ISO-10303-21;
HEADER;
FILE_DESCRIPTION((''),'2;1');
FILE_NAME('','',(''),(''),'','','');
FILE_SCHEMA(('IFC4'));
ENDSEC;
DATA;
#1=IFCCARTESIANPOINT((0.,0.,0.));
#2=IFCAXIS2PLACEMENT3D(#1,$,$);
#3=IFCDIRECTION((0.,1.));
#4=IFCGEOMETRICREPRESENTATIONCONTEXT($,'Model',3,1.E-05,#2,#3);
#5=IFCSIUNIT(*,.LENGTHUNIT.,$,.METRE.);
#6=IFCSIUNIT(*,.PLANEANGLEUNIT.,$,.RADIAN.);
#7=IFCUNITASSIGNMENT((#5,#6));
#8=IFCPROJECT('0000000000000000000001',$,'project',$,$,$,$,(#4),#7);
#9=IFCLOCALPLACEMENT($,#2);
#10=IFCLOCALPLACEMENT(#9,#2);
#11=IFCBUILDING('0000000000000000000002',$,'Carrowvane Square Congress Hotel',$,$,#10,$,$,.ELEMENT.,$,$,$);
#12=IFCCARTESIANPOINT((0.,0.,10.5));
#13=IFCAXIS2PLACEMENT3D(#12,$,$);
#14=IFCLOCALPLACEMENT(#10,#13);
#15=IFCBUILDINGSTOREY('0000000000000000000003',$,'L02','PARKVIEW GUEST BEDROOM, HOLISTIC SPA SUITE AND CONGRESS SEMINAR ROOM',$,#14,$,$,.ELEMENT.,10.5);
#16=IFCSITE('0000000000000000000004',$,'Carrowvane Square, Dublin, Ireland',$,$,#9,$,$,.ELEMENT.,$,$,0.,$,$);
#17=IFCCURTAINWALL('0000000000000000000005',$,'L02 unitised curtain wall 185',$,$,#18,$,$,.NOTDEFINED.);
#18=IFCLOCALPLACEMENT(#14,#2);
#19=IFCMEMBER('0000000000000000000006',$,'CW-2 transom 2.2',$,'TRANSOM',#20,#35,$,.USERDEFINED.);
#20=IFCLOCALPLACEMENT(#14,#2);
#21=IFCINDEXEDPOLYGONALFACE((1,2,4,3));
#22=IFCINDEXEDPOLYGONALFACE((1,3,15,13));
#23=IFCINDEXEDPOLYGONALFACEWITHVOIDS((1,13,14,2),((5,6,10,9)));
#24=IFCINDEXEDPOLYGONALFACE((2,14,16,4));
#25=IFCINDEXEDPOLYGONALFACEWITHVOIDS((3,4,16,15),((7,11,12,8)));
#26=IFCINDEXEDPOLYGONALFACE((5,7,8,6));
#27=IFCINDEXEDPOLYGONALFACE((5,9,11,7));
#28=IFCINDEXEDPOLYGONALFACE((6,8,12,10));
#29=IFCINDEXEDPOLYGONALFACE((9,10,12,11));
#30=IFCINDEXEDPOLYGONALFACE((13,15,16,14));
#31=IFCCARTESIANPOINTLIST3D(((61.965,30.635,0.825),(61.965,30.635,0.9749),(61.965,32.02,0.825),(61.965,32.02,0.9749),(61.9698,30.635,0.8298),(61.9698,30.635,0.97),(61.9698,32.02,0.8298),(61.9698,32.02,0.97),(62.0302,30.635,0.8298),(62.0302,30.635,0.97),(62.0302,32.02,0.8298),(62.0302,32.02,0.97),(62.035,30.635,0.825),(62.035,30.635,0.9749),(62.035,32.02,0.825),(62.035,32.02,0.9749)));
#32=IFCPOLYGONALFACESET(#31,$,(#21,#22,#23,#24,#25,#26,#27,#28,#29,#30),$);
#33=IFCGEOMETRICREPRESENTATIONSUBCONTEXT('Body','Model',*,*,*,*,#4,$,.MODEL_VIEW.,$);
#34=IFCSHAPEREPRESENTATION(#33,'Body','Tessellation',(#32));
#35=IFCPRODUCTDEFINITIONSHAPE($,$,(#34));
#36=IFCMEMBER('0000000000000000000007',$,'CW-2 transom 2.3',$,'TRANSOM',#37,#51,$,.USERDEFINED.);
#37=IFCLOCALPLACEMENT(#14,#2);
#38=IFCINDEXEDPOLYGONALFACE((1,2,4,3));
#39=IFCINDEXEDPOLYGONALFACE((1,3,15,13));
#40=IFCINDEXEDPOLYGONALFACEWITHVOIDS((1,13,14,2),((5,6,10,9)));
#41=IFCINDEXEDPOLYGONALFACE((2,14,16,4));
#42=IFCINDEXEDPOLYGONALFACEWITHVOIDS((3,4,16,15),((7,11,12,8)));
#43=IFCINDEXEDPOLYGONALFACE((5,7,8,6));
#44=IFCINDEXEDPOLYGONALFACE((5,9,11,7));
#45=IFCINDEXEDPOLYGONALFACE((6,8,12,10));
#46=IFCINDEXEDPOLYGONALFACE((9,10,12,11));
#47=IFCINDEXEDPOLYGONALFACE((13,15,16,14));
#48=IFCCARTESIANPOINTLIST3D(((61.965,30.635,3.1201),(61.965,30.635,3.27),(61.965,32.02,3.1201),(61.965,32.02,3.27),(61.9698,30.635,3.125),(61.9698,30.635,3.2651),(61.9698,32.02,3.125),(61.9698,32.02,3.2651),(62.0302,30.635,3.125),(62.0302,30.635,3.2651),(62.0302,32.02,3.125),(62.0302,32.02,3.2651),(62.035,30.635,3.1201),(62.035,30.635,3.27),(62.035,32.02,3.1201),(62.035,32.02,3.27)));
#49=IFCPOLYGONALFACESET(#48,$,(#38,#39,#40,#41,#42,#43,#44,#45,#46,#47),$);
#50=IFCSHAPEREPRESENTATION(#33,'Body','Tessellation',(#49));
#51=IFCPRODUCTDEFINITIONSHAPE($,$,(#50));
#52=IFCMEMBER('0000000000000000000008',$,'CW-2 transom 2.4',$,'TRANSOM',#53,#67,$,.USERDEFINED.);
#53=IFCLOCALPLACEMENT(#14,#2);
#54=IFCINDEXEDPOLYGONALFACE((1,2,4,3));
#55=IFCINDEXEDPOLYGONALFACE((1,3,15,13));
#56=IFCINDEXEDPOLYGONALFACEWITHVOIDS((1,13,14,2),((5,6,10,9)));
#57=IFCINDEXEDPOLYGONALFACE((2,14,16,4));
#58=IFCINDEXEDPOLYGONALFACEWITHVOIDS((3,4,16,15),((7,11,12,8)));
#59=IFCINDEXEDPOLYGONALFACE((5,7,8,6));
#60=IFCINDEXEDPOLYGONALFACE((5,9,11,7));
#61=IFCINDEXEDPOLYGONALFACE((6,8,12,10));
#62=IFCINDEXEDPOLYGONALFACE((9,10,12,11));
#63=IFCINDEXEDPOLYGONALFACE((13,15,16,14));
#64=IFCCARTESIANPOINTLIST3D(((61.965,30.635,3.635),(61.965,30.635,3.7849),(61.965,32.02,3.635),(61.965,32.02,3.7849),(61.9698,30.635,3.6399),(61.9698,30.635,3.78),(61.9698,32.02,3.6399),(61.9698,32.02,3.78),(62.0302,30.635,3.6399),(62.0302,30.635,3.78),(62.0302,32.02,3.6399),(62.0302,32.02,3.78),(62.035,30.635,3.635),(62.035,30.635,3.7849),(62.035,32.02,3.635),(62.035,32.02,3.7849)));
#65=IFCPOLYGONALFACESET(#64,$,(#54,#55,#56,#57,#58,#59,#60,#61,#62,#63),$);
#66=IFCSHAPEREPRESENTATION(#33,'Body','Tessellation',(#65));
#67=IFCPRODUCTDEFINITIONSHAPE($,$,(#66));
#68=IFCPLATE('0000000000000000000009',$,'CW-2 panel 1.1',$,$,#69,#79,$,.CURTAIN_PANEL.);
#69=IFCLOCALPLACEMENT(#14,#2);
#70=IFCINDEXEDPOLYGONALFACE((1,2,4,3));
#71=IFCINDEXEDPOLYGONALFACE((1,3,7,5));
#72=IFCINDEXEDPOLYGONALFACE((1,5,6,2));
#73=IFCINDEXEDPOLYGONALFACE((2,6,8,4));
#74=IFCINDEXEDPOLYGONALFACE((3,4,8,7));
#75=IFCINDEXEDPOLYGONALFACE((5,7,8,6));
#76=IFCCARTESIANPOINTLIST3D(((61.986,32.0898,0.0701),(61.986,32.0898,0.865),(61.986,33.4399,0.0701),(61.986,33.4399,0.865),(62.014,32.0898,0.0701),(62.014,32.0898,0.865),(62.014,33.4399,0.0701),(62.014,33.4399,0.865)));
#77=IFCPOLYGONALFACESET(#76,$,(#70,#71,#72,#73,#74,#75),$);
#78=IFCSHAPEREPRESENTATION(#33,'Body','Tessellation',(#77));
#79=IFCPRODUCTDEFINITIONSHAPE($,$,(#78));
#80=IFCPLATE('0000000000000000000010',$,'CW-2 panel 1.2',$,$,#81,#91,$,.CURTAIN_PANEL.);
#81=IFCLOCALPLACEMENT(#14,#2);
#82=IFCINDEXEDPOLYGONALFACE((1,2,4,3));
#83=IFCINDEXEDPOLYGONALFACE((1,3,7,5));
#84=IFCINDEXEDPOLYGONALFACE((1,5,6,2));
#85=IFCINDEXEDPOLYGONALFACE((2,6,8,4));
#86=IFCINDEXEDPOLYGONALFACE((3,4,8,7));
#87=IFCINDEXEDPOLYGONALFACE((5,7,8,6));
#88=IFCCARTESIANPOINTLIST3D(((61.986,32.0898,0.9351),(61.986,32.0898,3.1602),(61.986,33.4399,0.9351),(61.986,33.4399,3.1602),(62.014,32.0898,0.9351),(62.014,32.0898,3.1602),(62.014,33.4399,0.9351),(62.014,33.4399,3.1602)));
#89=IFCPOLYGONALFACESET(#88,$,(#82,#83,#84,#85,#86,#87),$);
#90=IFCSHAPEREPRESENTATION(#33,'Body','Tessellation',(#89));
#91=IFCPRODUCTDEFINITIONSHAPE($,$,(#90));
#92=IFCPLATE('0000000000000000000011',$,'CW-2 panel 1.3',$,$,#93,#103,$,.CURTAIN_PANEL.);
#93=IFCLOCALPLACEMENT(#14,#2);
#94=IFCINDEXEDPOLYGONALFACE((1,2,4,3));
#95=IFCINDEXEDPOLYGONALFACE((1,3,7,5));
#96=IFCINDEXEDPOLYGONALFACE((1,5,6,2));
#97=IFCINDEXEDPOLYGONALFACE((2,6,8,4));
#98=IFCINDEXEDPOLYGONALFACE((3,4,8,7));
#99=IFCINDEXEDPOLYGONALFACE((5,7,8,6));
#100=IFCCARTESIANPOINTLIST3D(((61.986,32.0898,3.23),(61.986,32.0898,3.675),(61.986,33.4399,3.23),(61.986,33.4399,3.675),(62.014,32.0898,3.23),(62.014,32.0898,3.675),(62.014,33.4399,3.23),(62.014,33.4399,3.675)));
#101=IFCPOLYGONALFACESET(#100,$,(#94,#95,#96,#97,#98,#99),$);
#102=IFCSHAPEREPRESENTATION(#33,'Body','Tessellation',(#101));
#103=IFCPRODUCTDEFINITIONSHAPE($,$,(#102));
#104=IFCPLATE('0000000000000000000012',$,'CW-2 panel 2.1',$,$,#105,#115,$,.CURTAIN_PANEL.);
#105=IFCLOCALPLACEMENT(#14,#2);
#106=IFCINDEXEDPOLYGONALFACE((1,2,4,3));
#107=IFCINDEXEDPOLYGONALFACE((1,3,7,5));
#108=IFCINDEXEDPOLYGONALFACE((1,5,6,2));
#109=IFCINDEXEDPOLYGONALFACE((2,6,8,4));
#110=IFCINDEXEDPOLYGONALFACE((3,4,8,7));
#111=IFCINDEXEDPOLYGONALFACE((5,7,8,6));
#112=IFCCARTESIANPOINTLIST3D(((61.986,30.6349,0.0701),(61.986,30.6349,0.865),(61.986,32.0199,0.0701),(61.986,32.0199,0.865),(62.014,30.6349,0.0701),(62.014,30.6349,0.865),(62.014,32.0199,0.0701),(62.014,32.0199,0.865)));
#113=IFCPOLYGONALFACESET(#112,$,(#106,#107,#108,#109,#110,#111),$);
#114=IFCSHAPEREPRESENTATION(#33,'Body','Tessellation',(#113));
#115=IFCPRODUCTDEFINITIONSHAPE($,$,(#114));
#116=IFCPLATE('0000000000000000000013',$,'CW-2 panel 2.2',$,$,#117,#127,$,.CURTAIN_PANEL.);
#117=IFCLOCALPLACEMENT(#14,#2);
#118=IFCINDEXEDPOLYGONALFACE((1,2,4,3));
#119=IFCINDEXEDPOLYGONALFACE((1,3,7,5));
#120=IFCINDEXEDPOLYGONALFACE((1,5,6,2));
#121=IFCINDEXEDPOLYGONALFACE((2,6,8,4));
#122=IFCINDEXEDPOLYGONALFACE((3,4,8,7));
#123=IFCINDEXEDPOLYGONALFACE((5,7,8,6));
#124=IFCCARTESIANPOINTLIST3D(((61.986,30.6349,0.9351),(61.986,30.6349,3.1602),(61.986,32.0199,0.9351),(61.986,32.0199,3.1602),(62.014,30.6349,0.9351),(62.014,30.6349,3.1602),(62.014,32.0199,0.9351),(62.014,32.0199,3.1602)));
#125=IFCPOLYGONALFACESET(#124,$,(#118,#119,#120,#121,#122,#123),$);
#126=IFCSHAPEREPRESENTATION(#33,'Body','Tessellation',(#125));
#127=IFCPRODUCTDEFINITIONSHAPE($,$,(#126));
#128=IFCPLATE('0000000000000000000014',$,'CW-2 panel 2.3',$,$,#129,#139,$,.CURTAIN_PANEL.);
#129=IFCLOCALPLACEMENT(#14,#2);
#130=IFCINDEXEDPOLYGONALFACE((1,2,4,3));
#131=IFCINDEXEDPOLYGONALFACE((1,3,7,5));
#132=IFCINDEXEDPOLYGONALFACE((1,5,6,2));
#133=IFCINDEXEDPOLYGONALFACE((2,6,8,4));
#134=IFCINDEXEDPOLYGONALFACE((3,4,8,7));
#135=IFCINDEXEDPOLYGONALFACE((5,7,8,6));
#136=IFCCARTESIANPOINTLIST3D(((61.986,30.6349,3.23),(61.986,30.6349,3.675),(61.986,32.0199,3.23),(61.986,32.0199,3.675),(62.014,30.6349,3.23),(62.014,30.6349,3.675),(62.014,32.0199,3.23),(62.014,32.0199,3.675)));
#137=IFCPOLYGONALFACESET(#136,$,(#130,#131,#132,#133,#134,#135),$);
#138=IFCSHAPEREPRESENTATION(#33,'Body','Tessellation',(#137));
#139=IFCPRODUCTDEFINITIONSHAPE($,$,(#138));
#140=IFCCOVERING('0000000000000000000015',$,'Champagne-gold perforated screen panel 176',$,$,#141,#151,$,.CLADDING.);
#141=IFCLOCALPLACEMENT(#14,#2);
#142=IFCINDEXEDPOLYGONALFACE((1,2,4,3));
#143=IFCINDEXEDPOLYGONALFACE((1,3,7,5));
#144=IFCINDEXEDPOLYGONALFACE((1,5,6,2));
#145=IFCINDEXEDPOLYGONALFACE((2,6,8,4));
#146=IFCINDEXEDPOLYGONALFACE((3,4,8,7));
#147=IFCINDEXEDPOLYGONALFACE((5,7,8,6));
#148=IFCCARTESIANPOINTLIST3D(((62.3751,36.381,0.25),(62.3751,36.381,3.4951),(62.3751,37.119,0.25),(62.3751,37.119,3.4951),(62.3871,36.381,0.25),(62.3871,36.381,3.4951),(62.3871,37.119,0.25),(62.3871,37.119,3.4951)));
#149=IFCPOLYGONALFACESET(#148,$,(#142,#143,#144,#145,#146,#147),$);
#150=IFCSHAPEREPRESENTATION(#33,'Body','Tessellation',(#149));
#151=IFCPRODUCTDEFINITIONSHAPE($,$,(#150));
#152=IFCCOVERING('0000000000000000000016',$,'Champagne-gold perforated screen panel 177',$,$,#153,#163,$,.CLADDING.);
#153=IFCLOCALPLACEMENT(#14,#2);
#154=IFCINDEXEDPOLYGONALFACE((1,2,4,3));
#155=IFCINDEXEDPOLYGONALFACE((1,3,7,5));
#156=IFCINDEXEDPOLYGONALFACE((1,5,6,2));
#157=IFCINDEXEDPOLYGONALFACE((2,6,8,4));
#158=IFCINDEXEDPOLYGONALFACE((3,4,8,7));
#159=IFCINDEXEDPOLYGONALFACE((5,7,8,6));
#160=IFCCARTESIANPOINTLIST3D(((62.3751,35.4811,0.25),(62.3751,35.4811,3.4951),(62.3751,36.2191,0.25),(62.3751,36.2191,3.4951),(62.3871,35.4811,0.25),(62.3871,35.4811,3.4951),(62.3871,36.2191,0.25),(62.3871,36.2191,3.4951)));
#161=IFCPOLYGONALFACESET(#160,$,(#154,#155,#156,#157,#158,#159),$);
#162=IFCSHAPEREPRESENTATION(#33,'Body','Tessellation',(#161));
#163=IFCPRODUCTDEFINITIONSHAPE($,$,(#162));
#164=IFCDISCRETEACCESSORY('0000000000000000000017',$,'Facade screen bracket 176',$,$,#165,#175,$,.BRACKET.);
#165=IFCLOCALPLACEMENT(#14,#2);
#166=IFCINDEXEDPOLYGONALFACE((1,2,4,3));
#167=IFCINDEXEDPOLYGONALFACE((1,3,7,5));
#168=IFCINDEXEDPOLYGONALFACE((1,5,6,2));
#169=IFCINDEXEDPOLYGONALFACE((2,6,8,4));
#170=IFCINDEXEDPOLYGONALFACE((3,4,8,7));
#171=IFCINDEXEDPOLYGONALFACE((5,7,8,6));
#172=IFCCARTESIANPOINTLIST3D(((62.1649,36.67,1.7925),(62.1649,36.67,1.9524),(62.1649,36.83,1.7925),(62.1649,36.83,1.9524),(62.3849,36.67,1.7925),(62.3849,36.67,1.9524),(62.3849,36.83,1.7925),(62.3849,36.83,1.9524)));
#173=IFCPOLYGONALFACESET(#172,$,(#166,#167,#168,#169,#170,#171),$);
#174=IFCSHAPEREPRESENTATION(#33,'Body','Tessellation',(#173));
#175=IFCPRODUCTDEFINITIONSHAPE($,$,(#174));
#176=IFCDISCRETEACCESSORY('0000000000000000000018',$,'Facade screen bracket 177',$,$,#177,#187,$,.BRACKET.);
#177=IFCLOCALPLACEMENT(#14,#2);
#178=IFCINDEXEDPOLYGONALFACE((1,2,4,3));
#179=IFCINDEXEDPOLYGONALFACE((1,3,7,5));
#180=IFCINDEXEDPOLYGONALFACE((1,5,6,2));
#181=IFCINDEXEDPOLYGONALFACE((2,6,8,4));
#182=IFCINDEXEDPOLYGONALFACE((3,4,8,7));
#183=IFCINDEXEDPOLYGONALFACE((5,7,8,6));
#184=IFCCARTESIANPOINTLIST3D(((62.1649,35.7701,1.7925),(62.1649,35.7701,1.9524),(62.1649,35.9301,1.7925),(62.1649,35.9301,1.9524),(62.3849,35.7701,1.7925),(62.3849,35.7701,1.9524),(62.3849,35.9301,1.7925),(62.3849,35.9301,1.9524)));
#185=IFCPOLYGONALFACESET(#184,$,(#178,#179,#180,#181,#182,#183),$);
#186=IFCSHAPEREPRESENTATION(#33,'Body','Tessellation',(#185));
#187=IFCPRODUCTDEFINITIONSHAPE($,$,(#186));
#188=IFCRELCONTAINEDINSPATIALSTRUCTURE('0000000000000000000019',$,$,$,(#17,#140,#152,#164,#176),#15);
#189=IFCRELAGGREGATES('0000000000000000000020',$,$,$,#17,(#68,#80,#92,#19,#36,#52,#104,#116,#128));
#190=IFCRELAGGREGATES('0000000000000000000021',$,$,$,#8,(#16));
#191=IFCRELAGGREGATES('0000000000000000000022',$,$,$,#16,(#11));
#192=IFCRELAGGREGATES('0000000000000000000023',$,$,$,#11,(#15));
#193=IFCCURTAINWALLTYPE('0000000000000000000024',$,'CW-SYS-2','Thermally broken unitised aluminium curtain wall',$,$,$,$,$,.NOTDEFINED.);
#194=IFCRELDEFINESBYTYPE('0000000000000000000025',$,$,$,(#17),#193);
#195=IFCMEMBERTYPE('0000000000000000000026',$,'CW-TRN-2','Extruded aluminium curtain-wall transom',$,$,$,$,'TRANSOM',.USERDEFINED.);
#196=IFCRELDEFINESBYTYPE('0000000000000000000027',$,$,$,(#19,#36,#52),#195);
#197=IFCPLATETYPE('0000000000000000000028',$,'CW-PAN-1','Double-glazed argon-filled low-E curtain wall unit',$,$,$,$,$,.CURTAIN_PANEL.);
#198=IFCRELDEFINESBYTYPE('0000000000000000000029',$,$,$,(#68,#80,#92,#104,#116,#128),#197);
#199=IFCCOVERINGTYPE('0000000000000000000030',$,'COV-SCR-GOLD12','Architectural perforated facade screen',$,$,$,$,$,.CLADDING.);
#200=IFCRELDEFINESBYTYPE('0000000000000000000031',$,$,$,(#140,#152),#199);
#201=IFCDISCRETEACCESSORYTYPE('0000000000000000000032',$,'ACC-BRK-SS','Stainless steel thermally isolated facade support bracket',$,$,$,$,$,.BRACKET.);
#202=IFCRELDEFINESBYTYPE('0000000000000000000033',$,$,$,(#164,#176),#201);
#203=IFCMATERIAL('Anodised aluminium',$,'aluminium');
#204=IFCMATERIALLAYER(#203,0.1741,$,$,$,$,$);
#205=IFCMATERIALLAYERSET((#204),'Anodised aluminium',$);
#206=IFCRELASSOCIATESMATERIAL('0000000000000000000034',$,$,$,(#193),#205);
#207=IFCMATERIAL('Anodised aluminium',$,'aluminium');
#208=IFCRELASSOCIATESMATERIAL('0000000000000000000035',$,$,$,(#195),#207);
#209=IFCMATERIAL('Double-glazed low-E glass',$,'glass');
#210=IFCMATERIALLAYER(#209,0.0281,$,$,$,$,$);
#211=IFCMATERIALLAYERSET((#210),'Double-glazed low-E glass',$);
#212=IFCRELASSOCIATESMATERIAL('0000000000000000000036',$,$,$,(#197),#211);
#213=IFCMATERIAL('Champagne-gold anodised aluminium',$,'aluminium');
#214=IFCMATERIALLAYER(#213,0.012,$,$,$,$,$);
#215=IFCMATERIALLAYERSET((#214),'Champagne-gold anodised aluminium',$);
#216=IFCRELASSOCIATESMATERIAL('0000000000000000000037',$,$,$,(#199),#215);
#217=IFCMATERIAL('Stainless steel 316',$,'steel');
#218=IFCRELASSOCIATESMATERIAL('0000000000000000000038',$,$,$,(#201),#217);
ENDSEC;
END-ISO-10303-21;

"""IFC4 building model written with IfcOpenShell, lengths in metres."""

from ifc_helpers import new_model, si_unit, direction, frame, origin, origin_2d, place, context, subcontext, project, spatial, rectangle, hollow_rectangle, extrude, material, layer, layer_set, material_profile, profile_set, type_object, element, aggregate, save


model = new_model("IFC4")

# Units and contexts
model_context = context("Model", 3, precision=1e-05, world=origin(), true_north=direction((0.0, 1.0)))
body_context = subcontext(model_context, "Body", "Model", "MODEL_VIEW")
ifc_project = project(units=[si_unit("LENGTHUNIT", "METRE"), si_unit("PLANEANGLEUNIT", "RADIAN")], contexts=[model_context])

# Site, building, storey
site_placement = place(None, origin())
site = spatial("IfcSite", under=ifc_project, at=site_placement, Name="Carrowvane Square, Dublin, Ireland", CompositionType="ELEMENT", RefElevation=0.0)
building_placement = place(site_placement, origin())
building = spatial("IfcBuilding", under=site, at=building_placement, Name="Carrowvane Square Congress Hotel", CompositionType="ELEMENT")
storey_placement = place(building_placement, frame((0.0, 0.0, 10.5)))
storey = spatial("IfcBuildingStorey", under=building, at=storey_placement, Name="L02", Description="PARKVIEW GUEST BEDROOM, HOLISTIC SPA SUITE AND CONGRESS SEMINAR ROOM", CompositionType="ELEMENT", Elevation=10.5)

# Curtain wall, members, plates
ifc_material_1 = material(Name="Anodised aluminium", Category="aluminium")
ifc_layer_1 = layer(ifc_material_1, 0.1741)
ifc_layer_set_1 = layer_set([ifc_layer_1], Name="Anodised aluminium")
curtain_wall_type = type_object("IfcCurtainWallType", Name="CW-SYS-2", Description="Thermally broken unitised aluminium curtain wall", PredefinedType="NOTDEFINED", material=ifc_layer_set_1)
curtain_wall_placement = place(storey_placement, origin())
curtain_wall = element("IfcCurtainWall", 1, at=curtain_wall_placement, inside=storey, type_object=curtain_wall_type, Name="L02 unitised curtain wall 185", PredefinedType="NOTDEFINED")
ifc_material_2 = material(Name="Anodised aluminium", Category="aluminium")
ifc_material_profile_1 = material_profile(ifc_material_2, hollow_rectangle(XDim=0.0701, YDim=0.1499, WallThickness=0.0049, at=origin_2d()), Name="CW-TR 70x150x5")
ifc_profile_set_1 = profile_set([ifc_material_profile_1], Name="Anodised aluminium")
member_type_1 = type_object("IfcMemberType", Name="CW-TRN-2", Description="Extruded aluminium curtain-wall transom", ElementType="TRANSOM", PredefinedType="USERDEFINED", material=ifc_profile_set_1)
member_1_placement = place(storey_placement, frame((62.0, 32.02, 0.8999), z_axis=(0.0, -1.0, 0.0), x_axis=(1.0, 0.0, 0.0)))
member_1 = element("IfcMember", 2, at=member_1_placement, type_object=member_type_1, Name="CW-2 transom 2.2", ObjectType="TRANSOM", PredefinedType="USERDEFINED", context=body_context, shape_type="SweptSolid", body=[
    extrude(hollow_rectangle(XDim=0.0701, YDim=0.1499, WallThickness=0.0049, at=origin_2d()), origin(), (0.0, 0.0, 1.0), 1.385),
])
member_2_placement = place(storey_placement, frame((62.0, 32.02, 3.1951), z_axis=(0.0, -1.0, 0.0), x_axis=(1.0, 0.0, 0.0)))
member_2 = element("IfcMember", 3, at=member_2_placement, type_object=member_type_1, Name="CW-2 transom 2.3", ObjectType="TRANSOM", PredefinedType="USERDEFINED", context=body_context, shape_type="SweptSolid", body=[
    extrude(hollow_rectangle(XDim=0.0701, YDim=0.1499, WallThickness=0.0049, at=origin_2d()), origin(), (0.0, 0.0, 1.0), 1.385),
])
member_3_placement = place(storey_placement, frame((62.0, 32.02, 3.71), z_axis=(0.0, -1.0, 0.0), x_axis=(1.0, 0.0, 0.0)))
member_3 = element("IfcMember", 4, at=member_3_placement, type_object=member_type_1, Name="CW-2 transom 2.4", ObjectType="TRANSOM", PredefinedType="USERDEFINED", context=body_context, shape_type="SweptSolid", body=[
    extrude(hollow_rectangle(XDim=0.0701, YDim=0.1499, WallThickness=0.0049, at=origin_2d()), origin(), (0.0, 0.0, 1.0), 1.385),
])
ifc_material_3 = material(Name="Double-glazed low-E glass", Category="glass")
ifc_layer_2 = layer(ifc_material_3, 0.0281)
ifc_layer_set_2 = layer_set([ifc_layer_2], Name="Double-glazed low-E glass")
plate_type = type_object("IfcPlateType", Name="CW-PAN-1", Description="Double-glazed argon-filled low-E curtain wall unit", PredefinedType="CURTAIN_PANEL", material=ifc_layer_set_2)
plate_1_placement = place(storey_placement, frame((62.0, 32.7649, 0.0701), z_axis=(0.0, 0.0, 1.0), x_axis=(0.0, -1.0, 0.0)))
plate_1 = element("IfcPlate", 5, at=plate_1_placement, type_object=plate_type, Name="CW-2 panel 1.1", PredefinedType="CURTAIN_PANEL", context=body_context, shape_type="SweptSolid", body=[
    extrude(rectangle(XDim=1.3501, YDim=0.0281, at=origin_2d()), origin(), (0.0, 0.0, 1.0), 0.7949),
])
plate_2_placement = place(storey_placement, frame((62.0, 32.7649, 0.9351), z_axis=(0.0, 0.0, 1.0), x_axis=(0.0, -1.0, 0.0)))
plate_2 = element("IfcPlate", 6, at=plate_2_placement, type_object=plate_type, Name="CW-2 panel 1.2", PredefinedType="CURTAIN_PANEL", context=body_context, shape_type="SweptSolid", body=[
    extrude(rectangle(XDim=1.3501, YDim=0.0281, at=origin_2d()), origin(), (0.0, 0.0, 1.0), 2.2251),
])
plate_3_placement = place(storey_placement, frame((62.0, 32.7649, 3.23), z_axis=(0.0, 0.0, 1.0), x_axis=(0.0, -1.0, 0.0)))
plate_3 = element("IfcPlate", 7, at=plate_3_placement, type_object=plate_type, Name="CW-2 panel 1.3", PredefinedType="CURTAIN_PANEL", context=body_context, shape_type="SweptSolid", body=[
    extrude(rectangle(XDim=1.3501, YDim=0.0281, at=origin_2d()), origin(), (0.0, 0.0, 1.0), 0.4451),
])
plate_4_placement = place(storey_placement, frame((62.0, 31.3274, 0.0701), z_axis=(0.0, 0.0, 1.0), x_axis=(0.0, -1.0, 0.0)))
plate_4 = element("IfcPlate", 8, at=plate_4_placement, type_object=plate_type, Name="CW-2 panel 2.1", PredefinedType="CURTAIN_PANEL", context=body_context, shape_type="SweptSolid", body=[
    extrude(rectangle(XDim=1.385, YDim=0.0281, at=origin_2d()), origin(), (0.0, 0.0, 1.0), 0.7949),
])
plate_5_placement = place(storey_placement, frame((62.0, 31.3274, 0.9351), z_axis=(0.0, 0.0, 1.0), x_axis=(0.0, -1.0, 0.0)))
plate_5 = element("IfcPlate", 9, at=plate_5_placement, type_object=plate_type, Name="CW-2 panel 2.2", PredefinedType="CURTAIN_PANEL", context=body_context, shape_type="SweptSolid", body=[
    extrude(rectangle(XDim=1.385, YDim=0.0281, at=origin_2d()), origin(), (0.0, 0.0, 1.0), 2.2251),
])
plate_6_placement = place(storey_placement, frame((62.0, 31.3274, 3.23), z_axis=(0.0, 0.0, 1.0), x_axis=(0.0, -1.0, 0.0)))
plate_6 = element("IfcPlate", 10, at=plate_6_placement, type_object=plate_type, Name="CW-2 panel 2.3", PredefinedType="CURTAIN_PANEL", context=body_context, shape_type="SweptSolid", body=[
    extrude(rectangle(XDim=1.385, YDim=0.0281, at=origin_2d()), origin(), (0.0, 0.0, 1.0), 0.4451),
])
aggregate(curtain_wall, [plate_1, plate_2, plate_3, member_1, member_2, member_3, plate_4, plate_5, plate_6])

# Coverings
ifc_material_4 = material(Name="Champagne-gold anodised aluminium", Category="aluminium")
ifc_layer_3 = layer(ifc_material_4, 0.012)
ifc_layer_set_3 = layer_set([ifc_layer_3], Name="Champagne-gold anodised aluminium")
covering_type = type_object("IfcCoveringType", Name="COV-SCR-GOLD12", Description="Architectural perforated facade screen", PredefinedType="CLADDING", material=ifc_layer_set_3)
for number, where, z_axis, x_axis, name in (
    (11, (62.3811, 36.75, 0.25), (0.0, 0.0, 1.0), (0.0, -1.0, 0.0), "Champagne-gold perforated screen panel 176"),
    (12, (62.3811, 35.8501, 0.25), (0.0, 0.0, 1.0), (0.0, -1.0, 0.0), "Champagne-gold perforated screen panel 177"),
):
    element("IfcCovering", number, at=place(storey_placement, frame(where, z_axis=z_axis, x_axis=x_axis)), inside=storey, type_object=covering_type, Name=name, PredefinedType="CLADDING", context=body_context, shape_type="SweptSolid", body=[
        extrude(rectangle(XDim=0.738, YDim=0.012, at=origin_2d()), origin(), (0.0, 0.0, 1.0), 3.2451),
    ])

# Discrete accessories
ifc_material_5 = material(Name="Stainless steel 316", Category="steel")
discrete_accessory_type = type_object("IfcDiscreteAccessoryType", Name="ACC-BRK-SS", Description="Stainless steel thermally isolated facade support bracket", PredefinedType="BRACKET", material=ifc_material_5)
for number, where, z_axis, x_axis, name in (
    (13, (62.2749, 36.75, 1.7925), (0.0, 0.0, 1.0), (0.0, -1.0, 0.0), "Facade screen bracket 176"),
    (14, (62.2749, 35.8501, 1.7925), (0.0, 0.0, 1.0), (0.0, -1.0, 0.0), "Facade screen bracket 177"),
):
    element("IfcDiscreteAccessory", number, at=place(storey_placement, frame(where, z_axis=z_axis, x_axis=x_axis)), inside=storey, type_object=discrete_accessory_type, Name=name, PredefinedType="BRACKET", context=body_context, shape_type="SweptSolid", body=[
        extrude(rectangle(XDim=0.1599, YDim=0.22, at=origin_2d()), origin(), (0.0, 0.0, 1.0), 0.1599),
    ])

save(model, "model.ifc")
